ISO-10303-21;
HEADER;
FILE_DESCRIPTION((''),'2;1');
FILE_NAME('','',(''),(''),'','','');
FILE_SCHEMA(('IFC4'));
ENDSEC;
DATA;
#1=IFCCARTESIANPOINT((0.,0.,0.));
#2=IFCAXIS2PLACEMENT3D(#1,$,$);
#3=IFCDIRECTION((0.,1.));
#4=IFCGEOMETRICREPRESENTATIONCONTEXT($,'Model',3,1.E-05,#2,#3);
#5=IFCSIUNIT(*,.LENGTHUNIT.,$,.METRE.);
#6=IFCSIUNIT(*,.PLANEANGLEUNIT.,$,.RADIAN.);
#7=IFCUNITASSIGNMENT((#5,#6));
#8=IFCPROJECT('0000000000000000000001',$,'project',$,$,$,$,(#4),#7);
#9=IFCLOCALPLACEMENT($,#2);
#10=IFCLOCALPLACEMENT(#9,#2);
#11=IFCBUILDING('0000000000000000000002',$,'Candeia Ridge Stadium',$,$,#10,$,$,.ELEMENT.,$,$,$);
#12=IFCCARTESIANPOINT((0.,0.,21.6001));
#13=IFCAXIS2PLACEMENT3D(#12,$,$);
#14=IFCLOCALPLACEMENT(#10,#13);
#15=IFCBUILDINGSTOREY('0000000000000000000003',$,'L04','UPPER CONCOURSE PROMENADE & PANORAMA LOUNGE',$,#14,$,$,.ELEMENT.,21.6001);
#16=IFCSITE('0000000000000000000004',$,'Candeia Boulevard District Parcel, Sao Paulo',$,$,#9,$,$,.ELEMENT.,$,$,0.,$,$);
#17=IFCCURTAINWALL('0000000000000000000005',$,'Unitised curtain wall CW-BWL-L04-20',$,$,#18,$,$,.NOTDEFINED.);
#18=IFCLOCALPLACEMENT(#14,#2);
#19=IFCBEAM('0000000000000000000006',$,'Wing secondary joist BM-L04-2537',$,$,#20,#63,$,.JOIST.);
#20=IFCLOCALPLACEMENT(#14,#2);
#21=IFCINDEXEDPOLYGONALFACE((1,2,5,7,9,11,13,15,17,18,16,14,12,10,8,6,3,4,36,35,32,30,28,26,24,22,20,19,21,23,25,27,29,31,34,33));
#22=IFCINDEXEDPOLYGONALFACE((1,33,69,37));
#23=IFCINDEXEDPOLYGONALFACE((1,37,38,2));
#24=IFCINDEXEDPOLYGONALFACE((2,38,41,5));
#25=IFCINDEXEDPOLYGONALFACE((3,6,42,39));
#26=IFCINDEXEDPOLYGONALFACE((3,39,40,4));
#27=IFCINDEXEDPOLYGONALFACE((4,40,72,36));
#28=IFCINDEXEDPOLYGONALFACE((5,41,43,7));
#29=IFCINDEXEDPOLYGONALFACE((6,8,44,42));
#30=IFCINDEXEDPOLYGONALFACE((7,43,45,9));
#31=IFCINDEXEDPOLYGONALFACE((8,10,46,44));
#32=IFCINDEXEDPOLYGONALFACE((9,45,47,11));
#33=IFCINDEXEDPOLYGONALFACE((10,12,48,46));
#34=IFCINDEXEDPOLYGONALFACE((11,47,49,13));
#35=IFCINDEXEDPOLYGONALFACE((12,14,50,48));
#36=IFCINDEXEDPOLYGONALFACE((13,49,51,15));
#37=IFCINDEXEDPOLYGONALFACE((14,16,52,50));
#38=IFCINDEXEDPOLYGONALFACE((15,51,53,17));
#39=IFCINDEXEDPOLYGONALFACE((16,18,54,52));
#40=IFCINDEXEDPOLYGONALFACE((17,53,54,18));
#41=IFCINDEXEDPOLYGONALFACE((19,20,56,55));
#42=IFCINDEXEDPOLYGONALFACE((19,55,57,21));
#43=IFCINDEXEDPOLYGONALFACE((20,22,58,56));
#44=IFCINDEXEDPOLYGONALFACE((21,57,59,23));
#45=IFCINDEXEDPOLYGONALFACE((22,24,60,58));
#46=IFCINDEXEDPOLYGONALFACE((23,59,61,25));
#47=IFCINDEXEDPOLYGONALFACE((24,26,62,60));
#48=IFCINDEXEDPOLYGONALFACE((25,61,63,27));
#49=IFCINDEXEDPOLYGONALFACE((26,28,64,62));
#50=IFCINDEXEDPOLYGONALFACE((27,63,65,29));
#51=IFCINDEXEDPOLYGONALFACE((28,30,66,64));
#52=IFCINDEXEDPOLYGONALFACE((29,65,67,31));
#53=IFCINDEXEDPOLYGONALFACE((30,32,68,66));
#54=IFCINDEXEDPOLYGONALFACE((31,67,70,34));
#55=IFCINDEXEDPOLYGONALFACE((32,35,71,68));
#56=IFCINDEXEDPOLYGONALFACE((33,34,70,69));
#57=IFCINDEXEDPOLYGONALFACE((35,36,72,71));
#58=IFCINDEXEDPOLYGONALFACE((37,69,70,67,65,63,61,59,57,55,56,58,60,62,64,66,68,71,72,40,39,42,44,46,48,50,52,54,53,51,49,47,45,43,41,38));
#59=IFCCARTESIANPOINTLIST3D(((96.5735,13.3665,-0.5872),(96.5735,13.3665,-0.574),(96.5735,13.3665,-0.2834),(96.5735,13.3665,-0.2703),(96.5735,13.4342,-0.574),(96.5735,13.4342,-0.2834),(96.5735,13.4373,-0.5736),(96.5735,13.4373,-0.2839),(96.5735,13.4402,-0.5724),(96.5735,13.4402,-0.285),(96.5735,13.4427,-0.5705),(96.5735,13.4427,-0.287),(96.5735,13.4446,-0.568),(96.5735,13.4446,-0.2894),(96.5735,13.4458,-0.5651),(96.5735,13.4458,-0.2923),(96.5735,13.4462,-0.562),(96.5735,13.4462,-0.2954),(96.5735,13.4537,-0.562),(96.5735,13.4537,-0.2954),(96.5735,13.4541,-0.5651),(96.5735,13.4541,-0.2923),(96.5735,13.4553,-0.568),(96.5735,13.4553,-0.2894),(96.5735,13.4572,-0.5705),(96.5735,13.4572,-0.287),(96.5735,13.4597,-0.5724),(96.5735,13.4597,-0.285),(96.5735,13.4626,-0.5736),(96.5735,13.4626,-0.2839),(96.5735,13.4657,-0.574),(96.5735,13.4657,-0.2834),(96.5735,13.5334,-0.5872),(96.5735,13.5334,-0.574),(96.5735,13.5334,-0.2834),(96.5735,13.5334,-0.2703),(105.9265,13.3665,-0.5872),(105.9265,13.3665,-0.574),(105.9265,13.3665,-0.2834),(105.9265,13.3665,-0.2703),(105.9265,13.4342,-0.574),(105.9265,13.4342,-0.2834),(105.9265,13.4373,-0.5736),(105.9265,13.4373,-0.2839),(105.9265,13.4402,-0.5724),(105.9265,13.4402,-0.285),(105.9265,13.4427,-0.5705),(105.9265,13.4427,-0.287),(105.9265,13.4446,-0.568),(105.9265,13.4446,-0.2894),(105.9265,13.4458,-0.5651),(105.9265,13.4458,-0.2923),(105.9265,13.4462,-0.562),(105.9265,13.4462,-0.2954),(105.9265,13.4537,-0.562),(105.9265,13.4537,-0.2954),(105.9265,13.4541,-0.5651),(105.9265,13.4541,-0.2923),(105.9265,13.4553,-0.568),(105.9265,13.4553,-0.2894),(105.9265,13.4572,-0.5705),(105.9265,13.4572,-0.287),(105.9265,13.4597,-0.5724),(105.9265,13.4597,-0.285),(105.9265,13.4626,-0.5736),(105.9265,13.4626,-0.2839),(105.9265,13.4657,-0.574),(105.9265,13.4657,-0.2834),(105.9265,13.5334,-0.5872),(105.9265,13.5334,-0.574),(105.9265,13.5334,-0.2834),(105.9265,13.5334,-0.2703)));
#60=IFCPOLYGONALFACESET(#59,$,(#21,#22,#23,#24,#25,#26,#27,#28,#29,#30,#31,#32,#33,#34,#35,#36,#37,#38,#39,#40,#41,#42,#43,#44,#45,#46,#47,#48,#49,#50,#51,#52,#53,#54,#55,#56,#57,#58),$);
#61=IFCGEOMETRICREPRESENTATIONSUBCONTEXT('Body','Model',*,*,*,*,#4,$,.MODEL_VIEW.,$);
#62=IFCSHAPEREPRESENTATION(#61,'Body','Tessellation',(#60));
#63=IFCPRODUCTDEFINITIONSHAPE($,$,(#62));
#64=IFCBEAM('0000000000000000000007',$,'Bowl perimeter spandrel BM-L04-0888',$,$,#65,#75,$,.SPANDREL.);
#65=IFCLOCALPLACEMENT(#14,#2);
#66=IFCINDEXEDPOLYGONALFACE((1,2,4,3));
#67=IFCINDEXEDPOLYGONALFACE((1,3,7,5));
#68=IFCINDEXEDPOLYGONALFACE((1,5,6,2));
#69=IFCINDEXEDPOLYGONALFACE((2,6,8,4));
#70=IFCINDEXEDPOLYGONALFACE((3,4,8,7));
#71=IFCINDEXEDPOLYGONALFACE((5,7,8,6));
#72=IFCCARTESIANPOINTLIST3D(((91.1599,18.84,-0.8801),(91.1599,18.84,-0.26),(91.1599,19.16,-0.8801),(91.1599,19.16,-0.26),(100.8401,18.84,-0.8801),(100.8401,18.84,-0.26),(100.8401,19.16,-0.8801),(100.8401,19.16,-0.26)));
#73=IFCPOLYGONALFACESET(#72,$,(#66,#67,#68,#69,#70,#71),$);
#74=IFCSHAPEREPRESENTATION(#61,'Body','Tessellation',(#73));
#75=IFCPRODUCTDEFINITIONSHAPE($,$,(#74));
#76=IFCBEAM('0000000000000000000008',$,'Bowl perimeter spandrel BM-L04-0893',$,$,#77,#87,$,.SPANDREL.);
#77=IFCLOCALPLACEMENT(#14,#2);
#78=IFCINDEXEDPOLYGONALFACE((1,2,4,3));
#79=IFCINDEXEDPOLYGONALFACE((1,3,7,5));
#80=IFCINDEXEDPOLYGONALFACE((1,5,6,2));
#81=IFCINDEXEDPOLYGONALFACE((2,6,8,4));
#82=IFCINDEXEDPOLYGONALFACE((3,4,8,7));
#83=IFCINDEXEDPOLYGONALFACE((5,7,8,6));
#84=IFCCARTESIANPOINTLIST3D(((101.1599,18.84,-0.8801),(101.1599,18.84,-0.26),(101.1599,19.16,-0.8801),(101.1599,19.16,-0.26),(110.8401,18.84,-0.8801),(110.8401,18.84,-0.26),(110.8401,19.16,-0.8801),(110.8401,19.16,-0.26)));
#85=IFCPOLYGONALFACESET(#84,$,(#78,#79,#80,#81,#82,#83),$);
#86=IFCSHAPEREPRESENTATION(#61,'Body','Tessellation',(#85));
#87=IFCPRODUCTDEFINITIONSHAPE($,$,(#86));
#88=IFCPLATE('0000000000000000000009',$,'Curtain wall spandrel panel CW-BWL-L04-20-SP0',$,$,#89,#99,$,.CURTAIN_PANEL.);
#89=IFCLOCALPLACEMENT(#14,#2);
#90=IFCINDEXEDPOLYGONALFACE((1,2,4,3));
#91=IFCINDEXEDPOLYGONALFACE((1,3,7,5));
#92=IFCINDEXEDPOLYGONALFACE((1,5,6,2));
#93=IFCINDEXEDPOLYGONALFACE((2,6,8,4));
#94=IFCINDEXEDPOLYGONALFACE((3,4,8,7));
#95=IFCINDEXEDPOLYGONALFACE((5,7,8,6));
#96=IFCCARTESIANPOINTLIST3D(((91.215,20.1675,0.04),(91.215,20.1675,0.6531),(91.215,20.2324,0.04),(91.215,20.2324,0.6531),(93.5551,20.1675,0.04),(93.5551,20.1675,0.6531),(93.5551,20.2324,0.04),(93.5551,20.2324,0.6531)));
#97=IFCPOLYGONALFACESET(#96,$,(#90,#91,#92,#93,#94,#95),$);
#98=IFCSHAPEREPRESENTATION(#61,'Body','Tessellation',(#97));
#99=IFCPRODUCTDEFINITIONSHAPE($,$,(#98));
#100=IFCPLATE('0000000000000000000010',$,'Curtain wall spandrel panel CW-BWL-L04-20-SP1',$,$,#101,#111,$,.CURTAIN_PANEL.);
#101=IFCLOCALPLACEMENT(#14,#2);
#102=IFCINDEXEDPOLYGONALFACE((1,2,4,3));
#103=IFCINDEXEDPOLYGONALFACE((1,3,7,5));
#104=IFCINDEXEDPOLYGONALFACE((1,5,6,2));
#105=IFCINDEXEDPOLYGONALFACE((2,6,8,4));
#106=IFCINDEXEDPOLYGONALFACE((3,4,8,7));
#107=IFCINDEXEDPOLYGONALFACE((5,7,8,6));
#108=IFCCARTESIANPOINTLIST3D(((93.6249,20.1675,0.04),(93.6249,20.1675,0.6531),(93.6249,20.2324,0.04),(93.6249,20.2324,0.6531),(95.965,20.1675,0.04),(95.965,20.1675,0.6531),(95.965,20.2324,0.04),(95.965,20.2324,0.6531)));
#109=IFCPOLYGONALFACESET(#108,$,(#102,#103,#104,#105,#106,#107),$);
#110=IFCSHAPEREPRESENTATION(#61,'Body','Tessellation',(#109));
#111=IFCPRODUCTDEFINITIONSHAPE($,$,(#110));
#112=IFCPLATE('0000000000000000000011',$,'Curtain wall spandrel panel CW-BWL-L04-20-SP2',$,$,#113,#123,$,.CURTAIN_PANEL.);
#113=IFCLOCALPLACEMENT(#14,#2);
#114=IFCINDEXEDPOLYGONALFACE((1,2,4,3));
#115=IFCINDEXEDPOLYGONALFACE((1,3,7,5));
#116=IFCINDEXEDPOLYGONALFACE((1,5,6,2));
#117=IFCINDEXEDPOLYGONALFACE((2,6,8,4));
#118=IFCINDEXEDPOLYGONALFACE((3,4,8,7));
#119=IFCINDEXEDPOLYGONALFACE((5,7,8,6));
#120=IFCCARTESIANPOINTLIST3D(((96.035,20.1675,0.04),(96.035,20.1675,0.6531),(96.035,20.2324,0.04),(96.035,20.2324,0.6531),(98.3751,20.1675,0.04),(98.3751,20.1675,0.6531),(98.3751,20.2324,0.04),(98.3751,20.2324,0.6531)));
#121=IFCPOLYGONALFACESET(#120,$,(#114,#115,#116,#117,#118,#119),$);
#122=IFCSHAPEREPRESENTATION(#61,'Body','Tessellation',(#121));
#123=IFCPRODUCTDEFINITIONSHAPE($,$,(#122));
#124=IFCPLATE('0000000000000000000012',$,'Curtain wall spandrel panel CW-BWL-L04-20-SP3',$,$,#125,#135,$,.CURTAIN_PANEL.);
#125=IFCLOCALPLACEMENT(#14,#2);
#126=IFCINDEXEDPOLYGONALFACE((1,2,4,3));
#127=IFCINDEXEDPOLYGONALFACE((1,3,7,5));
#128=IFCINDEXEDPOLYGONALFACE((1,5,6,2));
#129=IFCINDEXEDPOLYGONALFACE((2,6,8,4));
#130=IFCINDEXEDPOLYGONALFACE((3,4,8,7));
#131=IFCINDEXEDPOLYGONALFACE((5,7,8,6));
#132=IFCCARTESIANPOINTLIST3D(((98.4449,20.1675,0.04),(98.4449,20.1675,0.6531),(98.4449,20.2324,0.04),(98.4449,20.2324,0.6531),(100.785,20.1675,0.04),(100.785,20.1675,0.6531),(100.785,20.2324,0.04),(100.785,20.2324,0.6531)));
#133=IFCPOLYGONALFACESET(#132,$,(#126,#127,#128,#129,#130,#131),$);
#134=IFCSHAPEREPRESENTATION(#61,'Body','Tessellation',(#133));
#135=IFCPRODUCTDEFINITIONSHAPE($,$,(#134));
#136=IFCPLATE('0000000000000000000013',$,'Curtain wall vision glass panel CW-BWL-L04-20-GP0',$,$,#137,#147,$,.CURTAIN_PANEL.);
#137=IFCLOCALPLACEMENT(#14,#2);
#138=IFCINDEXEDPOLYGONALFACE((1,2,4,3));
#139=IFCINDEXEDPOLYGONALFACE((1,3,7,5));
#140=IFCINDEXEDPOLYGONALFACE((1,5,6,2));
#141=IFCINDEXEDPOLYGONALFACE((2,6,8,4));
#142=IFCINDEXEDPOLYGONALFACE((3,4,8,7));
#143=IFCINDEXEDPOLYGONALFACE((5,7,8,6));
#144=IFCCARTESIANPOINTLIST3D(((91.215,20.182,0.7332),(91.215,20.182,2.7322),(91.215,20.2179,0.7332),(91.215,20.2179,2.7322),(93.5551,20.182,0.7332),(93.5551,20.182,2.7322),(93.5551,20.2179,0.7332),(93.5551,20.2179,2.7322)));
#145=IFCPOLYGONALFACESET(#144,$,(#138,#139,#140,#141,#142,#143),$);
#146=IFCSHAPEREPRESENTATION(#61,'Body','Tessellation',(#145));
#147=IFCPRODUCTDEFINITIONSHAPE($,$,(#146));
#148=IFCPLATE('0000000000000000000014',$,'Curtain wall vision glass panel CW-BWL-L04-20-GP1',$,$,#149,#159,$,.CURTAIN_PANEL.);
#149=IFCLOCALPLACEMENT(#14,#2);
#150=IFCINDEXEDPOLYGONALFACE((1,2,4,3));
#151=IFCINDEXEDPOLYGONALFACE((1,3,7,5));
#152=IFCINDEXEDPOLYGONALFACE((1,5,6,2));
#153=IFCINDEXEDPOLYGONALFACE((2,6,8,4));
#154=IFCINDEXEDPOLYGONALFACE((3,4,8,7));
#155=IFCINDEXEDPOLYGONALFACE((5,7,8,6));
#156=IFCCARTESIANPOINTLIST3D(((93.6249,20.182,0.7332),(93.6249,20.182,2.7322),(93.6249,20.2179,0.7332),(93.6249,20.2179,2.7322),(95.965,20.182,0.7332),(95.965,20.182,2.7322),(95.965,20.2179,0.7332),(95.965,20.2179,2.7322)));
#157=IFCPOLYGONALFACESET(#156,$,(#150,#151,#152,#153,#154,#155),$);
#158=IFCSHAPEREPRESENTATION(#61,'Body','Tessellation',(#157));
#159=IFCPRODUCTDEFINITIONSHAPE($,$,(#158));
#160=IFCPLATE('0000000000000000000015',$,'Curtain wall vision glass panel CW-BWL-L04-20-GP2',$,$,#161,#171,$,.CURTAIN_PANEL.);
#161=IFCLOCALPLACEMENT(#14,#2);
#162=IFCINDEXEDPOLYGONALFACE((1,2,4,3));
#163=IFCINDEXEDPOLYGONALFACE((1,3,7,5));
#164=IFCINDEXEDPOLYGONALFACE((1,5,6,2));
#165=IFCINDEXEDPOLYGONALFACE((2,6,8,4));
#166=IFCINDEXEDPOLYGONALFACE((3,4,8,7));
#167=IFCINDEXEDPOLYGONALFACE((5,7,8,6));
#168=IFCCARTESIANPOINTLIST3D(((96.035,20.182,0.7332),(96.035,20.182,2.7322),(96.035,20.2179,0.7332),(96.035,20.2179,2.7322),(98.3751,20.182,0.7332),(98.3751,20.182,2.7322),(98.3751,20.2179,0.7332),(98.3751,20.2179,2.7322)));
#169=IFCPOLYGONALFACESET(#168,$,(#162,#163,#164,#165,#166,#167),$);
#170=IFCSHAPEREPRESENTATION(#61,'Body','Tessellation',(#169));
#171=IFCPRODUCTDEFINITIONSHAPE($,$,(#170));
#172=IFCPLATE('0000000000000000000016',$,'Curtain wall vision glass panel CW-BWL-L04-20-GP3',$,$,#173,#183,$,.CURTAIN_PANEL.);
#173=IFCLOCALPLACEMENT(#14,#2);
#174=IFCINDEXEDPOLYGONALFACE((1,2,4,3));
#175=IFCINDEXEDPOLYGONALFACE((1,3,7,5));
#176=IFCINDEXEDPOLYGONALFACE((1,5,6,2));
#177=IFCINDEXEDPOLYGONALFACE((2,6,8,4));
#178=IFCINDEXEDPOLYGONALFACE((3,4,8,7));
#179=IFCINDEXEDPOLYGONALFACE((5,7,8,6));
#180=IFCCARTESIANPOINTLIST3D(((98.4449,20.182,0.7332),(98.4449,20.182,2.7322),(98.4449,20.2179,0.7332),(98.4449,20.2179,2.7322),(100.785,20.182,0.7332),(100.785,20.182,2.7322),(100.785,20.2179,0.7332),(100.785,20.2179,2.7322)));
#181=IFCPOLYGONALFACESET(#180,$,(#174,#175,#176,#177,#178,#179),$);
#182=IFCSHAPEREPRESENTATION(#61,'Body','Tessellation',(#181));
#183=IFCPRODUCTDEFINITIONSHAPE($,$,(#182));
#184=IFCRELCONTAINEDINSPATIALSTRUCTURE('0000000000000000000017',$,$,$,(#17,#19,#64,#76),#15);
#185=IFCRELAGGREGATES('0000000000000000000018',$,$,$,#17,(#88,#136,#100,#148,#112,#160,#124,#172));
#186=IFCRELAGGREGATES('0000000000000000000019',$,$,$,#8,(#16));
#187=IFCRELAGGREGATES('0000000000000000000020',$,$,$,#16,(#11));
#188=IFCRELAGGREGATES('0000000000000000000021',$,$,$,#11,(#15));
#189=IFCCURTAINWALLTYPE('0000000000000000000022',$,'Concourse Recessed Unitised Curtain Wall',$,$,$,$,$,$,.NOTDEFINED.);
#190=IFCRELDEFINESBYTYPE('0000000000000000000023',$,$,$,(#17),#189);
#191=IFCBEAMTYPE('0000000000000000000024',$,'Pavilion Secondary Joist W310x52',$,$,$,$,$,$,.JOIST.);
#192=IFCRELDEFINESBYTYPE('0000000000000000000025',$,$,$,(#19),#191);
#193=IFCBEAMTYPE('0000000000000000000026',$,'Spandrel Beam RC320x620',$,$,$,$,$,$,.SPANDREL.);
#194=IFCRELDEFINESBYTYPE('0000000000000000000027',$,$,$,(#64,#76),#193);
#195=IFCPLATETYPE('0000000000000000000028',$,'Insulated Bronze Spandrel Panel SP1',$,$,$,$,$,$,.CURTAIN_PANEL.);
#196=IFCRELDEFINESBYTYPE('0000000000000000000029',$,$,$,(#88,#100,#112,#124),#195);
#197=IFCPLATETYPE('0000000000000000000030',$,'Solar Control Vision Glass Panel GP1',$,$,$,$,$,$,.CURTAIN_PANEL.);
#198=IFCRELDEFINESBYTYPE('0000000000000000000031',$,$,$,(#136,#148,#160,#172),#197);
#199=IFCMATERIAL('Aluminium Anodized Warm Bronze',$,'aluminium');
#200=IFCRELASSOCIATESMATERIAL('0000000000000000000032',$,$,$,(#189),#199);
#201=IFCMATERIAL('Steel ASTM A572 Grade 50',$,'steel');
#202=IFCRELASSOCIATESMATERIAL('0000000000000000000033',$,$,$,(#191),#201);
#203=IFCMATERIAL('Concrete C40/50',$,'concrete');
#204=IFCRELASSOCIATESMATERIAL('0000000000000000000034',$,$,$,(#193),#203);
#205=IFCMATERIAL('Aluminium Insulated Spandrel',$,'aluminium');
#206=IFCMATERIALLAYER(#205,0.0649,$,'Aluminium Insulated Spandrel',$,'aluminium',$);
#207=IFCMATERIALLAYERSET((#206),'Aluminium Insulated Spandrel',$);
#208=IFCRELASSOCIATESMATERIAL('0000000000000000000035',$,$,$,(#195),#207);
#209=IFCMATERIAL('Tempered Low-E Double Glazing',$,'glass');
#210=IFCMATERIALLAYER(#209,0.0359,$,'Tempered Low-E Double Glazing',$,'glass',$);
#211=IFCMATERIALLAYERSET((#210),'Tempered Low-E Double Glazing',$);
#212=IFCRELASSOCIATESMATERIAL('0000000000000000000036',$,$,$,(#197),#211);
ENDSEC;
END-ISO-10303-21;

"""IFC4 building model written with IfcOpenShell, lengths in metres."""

from ifc_helpers import new_model, si_unit, direction, frame, origin, origin_2d, place, context, subcontext, project, spatial, rectangle, i_section, extrude, material, layer, layer_set, material_profile, profile_set, type_object, element, aggregate, save


model = new_model("IFC4")

# Units and contexts
model_context = context("Model", 3, precision=1e-05, world=origin(), true_north=direction((0.0, 1.0)))
body_context = subcontext(model_context, "Body", "Model", "MODEL_VIEW")
ifc_project = project(units=[si_unit("LENGTHUNIT", "METRE"), si_unit("PLANEANGLEUNIT", "RADIAN")], contexts=[model_context])

# Site, building, storey
site_placement = place(None, origin())
site = spatial("IfcSite", under=ifc_project, at=site_placement, Name="Candeia Boulevard District Parcel, Sao Paulo", CompositionType="ELEMENT", RefElevation=0.0)
building_placement = place(site_placement, origin())
building = spatial("IfcBuilding", under=site, at=building_placement, Name="Candeia Ridge Stadium", CompositionType="ELEMENT")
storey_placement = place(building_placement, frame((0.0, 0.0, 21.6001)))
storey = spatial("IfcBuildingStorey", under=building, at=storey_placement, Name="L04", Description="UPPER CONCOURSE PROMENADE & PANORAMA LOUNGE", CompositionType="ELEMENT", Elevation=21.6001)

# Shared definitions
ifc_material_1 = material(Name="Steel ASTM A572 Grade 50", Category="steel")

# Shared definitions
ifc_material_2 = material(Name="Aluminium Anodized Warm Bronze", Category="aluminium")
curtain_wall_type = type_object("IfcCurtainWallType", Name="Concourse Recessed Unitised Curtain Wall", PredefinedType="NOTDEFINED", material=ifc_material_2)

# Curtain wall
curtain_wall_1_placement = place(storey_placement, origin())
curtain_wall_1 = element("IfcCurtainWall", 1, at=curtain_wall_1_placement, inside=storey, type_object=curtain_wall_type, Name="Unitised curtain wall CW-BWL-L04-20", PredefinedType="NOTDEFINED")

# Beams
ifc_material_profile_1 = material_profile(ifc_material_1, i_section(OverallWidth=0.167, OverallDepth=0.3169, WebThickness=0.0076, FlangeThickness=0.0132, FilletRadius=0.012, at=origin_2d()), Name="W310x52", Category="steel")
ifc_profile_set_1 = profile_set([ifc_material_profile_1], Name="Steel ASTM A572 Grade 50")
beam_type_1 = type_object("IfcBeamType", Name="Pavilion Secondary Joist W310x52", PredefinedType="JOIST", material=ifc_profile_set_1)
beam_1_placement = place(storey_placement, frame((96.5735, 13.45, -0.4287), z_axis=(1.0, 0.0, 0.0), x_axis=(0.0, 1.0, 0.0)))
element("IfcBeam", 2, at=beam_1_placement, inside=storey, type_object=beam_type_1, Name="Wing secondary joist BM-L04-2537", PredefinedType="JOIST", context=body_context, shape_type="SweptSolid", body=[
    extrude(i_section(OverallWidth=0.167, OverallDepth=0.3169, WebThickness=0.0076, FlangeThickness=0.0132, FilletRadius=0.012, at=origin_2d()), origin(), (0.0, 0.0, 1.0), 9.353),
])
ifc_material_3 = material(Name="Concrete C40/50", Category="concrete")
ifc_material_profile_2 = material_profile(ifc_material_3, rectangle(XDim=0.3201, YDim=0.6201, at=origin_2d()), Name="RC320x620", Category="concrete")
ifc_profile_set_2 = profile_set([ifc_material_profile_2], Name="Concrete C40/50")
beam_type_2 = type_object("IfcBeamType", Name="Spandrel Beam RC320x620", PredefinedType="SPANDREL", material=ifc_profile_set_2)
for number, where, z_axis, x_axis, name in (
    (3, (91.1599, 19.0, -0.5701), (1.0, 0.0, 0.0), (0.0, 1.0, 0.0), "Bowl perimeter spandrel BM-L04-0888"),
    (4, (101.1599, 19.0, -0.5701), (1.0, 0.0, 0.0), (0.0, 1.0, 0.0), "Bowl perimeter spandrel BM-L04-0893"),
):
    element("IfcBeam", number, at=place(storey_placement, frame(where, z_axis=z_axis, x_axis=x_axis)), inside=storey, type_object=beam_type_2, Name=name, PredefinedType="SPANDREL", context=body_context, shape_type="SweptSolid", body=[
        extrude(rectangle(XDim=0.3201, YDim=0.6201, at=origin_2d()), origin(), (0.0, 0.0, 1.0), 9.6802),
    ])

# Plates
ifc_material_4 = material(Name="Aluminium Insulated Spandrel", Category="aluminium")
ifc_layer_1 = layer(ifc_material_4, 0.0649, Name="Aluminium Insulated Spandrel", Category="aluminium")
ifc_layer_set_1 = layer_set([ifc_layer_1], Name="Aluminium Insulated Spandrel")
plate_type_1 = type_object("IfcPlateType", Name="Insulated Bronze Spandrel Panel SP1", PredefinedType="CURTAIN_PANEL", material=ifc_layer_set_1)
plate_1_placement = place(storey_placement, frame((92.385, 20.2, 0.04), z_axis=(0.0, 0.0, 1.0), x_axis=(1.0, 0.0, 0.0)))
plate_1 = element("IfcPlate", 5, at=plate_1_placement, type_object=plate_type_1, Name="Curtain wall spandrel panel CW-BWL-L04-20-SP0", PredefinedType="CURTAIN_PANEL", context=body_context, shape_type="SweptSolid", body=[
    extrude(rectangle(XDim=2.3401, YDim=0.0649, at=origin_2d()), origin(), (0.0, 0.0, 1.0), 0.613),
])
plate_2_placement = place(storey_placement, frame((94.7949, 20.2, 0.04), z_axis=(0.0, 0.0, 1.0), x_axis=(1.0, 0.0, 0.0)))
plate_2 = element("IfcPlate", 6, at=plate_2_placement, type_object=plate_type_1, Name="Curtain wall spandrel panel CW-BWL-L04-20-SP1", PredefinedType="CURTAIN_PANEL", context=body_context, shape_type="SweptSolid", body=[
    extrude(rectangle(XDim=2.3401, YDim=0.0649, at=origin_2d()), origin(), (0.0, 0.0, 1.0), 0.613),
])
plate_3_placement = place(storey_placement, frame((97.2051, 20.2, 0.04), z_axis=(0.0, 0.0, 1.0), x_axis=(1.0, 0.0, 0.0)))
plate_3 = element("IfcPlate", 7, at=plate_3_placement, type_object=plate_type_1, Name="Curtain wall spandrel panel CW-BWL-L04-20-SP2", PredefinedType="CURTAIN_PANEL", context=body_context, shape_type="SweptSolid", body=[
    extrude(rectangle(XDim=2.3401, YDim=0.0649, at=origin_2d()), origin(), (0.0, 0.0, 1.0), 0.613),
])
plate_4_placement = place(storey_placement, frame((99.615, 20.2, 0.04), z_axis=(0.0, 0.0, 1.0), x_axis=(1.0, 0.0, 0.0)))
plate_4 = element("IfcPlate", 8, at=plate_4_placement, type_object=plate_type_1, Name="Curtain wall spandrel panel CW-BWL-L04-20-SP3", PredefinedType="CURTAIN_PANEL", context=body_context, shape_type="SweptSolid", body=[
    extrude(rectangle(XDim=2.3401, YDim=0.0649, at=origin_2d()), origin(), (0.0, 0.0, 1.0), 0.613),
])
ifc_material_5 = material(Name="Tempered Low-E Double Glazing", Category="glass")
ifc_layer_2 = layer(ifc_material_5, 0.0359, Name="Tempered Low-E Double Glazing", Category="glass")
ifc_layer_set_2 = layer_set([ifc_layer_2], Name="Tempered Low-E Double Glazing")
plate_type_2 = type_object("IfcPlateType", Name="Solar Control Vision Glass Panel GP1", PredefinedType="CURTAIN_PANEL", material=ifc_layer_set_2)
plate_5_placement = place(storey_placement, frame((92.385, 20.2, 0.7332), z_axis=(0.0, 0.0, 1.0), x_axis=(1.0, 0.0, 0.0)))
plate_5 = element("IfcPlate", 9, at=plate_5_placement, type_object=plate_type_2, Name="Curtain wall vision glass panel CW-BWL-L04-20-GP0", PredefinedType="CURTAIN_PANEL", context=body_context, shape_type="SweptSolid", body=[
    extrude(rectangle(XDim=2.3401, YDim=0.0359, at=origin_2d()), origin(), (0.0, 0.0, 1.0), 1.999),
])
plate_6_placement = place(storey_placement, frame((94.7949, 20.2, 0.7332), z_axis=(0.0, 0.0, 1.0), x_axis=(1.0, 0.0, 0.0)))
plate_6 = element("IfcPlate", 10, at=plate_6_placement, type_object=plate_type_2, Name="Curtain wall vision glass panel CW-BWL-L04-20-GP1", PredefinedType="CURTAIN_PANEL", context=body_context, shape_type="SweptSolid", body=[
    extrude(rectangle(XDim=2.3401, YDim=0.0359, at=origin_2d()), origin(), (0.0, 0.0, 1.0), 1.999),
])
plate_7_placement = place(storey_placement, frame((97.2051, 20.2, 0.7332), z_axis=(0.0, 0.0, 1.0), x_axis=(1.0, 0.0, 0.0)))
plate_7 = element("IfcPlate", 11, at=plate_7_placement, type_object=plate_type_2, Name="Curtain wall vision glass panel CW-BWL-L04-20-GP2", PredefinedType="CURTAIN_PANEL", context=body_context, shape_type="SweptSolid", body=[
    extrude(rectangle(XDim=2.3401, YDim=0.0359, at=origin_2d()), origin(), (0.0, 0.0, 1.0), 1.999),
])
plate_8_placement = place(storey_placement, frame((99.615, 20.2, 0.7332), z_axis=(0.0, 0.0, 1.0), x_axis=(1.0, 0.0, 0.0)))
plate_8 = element("IfcPlate", 12, at=plate_8_placement, type_object=plate_type_2, Name="Curtain wall vision glass panel CW-BWL-L04-20-GP3", PredefinedType="CURTAIN_PANEL", context=body_context, shape_type="SweptSolid", body=[
    extrude(rectangle(XDim=2.3401, YDim=0.0359, at=origin_2d()), origin(), (0.0, 0.0, 1.0), 1.999),
])
aggregate(curtain_wall_1, [plate_1, plate_5, plate_2, plate_6, plate_3, plate_7, plate_4, plate_8])

save(model, "model.ifc")
